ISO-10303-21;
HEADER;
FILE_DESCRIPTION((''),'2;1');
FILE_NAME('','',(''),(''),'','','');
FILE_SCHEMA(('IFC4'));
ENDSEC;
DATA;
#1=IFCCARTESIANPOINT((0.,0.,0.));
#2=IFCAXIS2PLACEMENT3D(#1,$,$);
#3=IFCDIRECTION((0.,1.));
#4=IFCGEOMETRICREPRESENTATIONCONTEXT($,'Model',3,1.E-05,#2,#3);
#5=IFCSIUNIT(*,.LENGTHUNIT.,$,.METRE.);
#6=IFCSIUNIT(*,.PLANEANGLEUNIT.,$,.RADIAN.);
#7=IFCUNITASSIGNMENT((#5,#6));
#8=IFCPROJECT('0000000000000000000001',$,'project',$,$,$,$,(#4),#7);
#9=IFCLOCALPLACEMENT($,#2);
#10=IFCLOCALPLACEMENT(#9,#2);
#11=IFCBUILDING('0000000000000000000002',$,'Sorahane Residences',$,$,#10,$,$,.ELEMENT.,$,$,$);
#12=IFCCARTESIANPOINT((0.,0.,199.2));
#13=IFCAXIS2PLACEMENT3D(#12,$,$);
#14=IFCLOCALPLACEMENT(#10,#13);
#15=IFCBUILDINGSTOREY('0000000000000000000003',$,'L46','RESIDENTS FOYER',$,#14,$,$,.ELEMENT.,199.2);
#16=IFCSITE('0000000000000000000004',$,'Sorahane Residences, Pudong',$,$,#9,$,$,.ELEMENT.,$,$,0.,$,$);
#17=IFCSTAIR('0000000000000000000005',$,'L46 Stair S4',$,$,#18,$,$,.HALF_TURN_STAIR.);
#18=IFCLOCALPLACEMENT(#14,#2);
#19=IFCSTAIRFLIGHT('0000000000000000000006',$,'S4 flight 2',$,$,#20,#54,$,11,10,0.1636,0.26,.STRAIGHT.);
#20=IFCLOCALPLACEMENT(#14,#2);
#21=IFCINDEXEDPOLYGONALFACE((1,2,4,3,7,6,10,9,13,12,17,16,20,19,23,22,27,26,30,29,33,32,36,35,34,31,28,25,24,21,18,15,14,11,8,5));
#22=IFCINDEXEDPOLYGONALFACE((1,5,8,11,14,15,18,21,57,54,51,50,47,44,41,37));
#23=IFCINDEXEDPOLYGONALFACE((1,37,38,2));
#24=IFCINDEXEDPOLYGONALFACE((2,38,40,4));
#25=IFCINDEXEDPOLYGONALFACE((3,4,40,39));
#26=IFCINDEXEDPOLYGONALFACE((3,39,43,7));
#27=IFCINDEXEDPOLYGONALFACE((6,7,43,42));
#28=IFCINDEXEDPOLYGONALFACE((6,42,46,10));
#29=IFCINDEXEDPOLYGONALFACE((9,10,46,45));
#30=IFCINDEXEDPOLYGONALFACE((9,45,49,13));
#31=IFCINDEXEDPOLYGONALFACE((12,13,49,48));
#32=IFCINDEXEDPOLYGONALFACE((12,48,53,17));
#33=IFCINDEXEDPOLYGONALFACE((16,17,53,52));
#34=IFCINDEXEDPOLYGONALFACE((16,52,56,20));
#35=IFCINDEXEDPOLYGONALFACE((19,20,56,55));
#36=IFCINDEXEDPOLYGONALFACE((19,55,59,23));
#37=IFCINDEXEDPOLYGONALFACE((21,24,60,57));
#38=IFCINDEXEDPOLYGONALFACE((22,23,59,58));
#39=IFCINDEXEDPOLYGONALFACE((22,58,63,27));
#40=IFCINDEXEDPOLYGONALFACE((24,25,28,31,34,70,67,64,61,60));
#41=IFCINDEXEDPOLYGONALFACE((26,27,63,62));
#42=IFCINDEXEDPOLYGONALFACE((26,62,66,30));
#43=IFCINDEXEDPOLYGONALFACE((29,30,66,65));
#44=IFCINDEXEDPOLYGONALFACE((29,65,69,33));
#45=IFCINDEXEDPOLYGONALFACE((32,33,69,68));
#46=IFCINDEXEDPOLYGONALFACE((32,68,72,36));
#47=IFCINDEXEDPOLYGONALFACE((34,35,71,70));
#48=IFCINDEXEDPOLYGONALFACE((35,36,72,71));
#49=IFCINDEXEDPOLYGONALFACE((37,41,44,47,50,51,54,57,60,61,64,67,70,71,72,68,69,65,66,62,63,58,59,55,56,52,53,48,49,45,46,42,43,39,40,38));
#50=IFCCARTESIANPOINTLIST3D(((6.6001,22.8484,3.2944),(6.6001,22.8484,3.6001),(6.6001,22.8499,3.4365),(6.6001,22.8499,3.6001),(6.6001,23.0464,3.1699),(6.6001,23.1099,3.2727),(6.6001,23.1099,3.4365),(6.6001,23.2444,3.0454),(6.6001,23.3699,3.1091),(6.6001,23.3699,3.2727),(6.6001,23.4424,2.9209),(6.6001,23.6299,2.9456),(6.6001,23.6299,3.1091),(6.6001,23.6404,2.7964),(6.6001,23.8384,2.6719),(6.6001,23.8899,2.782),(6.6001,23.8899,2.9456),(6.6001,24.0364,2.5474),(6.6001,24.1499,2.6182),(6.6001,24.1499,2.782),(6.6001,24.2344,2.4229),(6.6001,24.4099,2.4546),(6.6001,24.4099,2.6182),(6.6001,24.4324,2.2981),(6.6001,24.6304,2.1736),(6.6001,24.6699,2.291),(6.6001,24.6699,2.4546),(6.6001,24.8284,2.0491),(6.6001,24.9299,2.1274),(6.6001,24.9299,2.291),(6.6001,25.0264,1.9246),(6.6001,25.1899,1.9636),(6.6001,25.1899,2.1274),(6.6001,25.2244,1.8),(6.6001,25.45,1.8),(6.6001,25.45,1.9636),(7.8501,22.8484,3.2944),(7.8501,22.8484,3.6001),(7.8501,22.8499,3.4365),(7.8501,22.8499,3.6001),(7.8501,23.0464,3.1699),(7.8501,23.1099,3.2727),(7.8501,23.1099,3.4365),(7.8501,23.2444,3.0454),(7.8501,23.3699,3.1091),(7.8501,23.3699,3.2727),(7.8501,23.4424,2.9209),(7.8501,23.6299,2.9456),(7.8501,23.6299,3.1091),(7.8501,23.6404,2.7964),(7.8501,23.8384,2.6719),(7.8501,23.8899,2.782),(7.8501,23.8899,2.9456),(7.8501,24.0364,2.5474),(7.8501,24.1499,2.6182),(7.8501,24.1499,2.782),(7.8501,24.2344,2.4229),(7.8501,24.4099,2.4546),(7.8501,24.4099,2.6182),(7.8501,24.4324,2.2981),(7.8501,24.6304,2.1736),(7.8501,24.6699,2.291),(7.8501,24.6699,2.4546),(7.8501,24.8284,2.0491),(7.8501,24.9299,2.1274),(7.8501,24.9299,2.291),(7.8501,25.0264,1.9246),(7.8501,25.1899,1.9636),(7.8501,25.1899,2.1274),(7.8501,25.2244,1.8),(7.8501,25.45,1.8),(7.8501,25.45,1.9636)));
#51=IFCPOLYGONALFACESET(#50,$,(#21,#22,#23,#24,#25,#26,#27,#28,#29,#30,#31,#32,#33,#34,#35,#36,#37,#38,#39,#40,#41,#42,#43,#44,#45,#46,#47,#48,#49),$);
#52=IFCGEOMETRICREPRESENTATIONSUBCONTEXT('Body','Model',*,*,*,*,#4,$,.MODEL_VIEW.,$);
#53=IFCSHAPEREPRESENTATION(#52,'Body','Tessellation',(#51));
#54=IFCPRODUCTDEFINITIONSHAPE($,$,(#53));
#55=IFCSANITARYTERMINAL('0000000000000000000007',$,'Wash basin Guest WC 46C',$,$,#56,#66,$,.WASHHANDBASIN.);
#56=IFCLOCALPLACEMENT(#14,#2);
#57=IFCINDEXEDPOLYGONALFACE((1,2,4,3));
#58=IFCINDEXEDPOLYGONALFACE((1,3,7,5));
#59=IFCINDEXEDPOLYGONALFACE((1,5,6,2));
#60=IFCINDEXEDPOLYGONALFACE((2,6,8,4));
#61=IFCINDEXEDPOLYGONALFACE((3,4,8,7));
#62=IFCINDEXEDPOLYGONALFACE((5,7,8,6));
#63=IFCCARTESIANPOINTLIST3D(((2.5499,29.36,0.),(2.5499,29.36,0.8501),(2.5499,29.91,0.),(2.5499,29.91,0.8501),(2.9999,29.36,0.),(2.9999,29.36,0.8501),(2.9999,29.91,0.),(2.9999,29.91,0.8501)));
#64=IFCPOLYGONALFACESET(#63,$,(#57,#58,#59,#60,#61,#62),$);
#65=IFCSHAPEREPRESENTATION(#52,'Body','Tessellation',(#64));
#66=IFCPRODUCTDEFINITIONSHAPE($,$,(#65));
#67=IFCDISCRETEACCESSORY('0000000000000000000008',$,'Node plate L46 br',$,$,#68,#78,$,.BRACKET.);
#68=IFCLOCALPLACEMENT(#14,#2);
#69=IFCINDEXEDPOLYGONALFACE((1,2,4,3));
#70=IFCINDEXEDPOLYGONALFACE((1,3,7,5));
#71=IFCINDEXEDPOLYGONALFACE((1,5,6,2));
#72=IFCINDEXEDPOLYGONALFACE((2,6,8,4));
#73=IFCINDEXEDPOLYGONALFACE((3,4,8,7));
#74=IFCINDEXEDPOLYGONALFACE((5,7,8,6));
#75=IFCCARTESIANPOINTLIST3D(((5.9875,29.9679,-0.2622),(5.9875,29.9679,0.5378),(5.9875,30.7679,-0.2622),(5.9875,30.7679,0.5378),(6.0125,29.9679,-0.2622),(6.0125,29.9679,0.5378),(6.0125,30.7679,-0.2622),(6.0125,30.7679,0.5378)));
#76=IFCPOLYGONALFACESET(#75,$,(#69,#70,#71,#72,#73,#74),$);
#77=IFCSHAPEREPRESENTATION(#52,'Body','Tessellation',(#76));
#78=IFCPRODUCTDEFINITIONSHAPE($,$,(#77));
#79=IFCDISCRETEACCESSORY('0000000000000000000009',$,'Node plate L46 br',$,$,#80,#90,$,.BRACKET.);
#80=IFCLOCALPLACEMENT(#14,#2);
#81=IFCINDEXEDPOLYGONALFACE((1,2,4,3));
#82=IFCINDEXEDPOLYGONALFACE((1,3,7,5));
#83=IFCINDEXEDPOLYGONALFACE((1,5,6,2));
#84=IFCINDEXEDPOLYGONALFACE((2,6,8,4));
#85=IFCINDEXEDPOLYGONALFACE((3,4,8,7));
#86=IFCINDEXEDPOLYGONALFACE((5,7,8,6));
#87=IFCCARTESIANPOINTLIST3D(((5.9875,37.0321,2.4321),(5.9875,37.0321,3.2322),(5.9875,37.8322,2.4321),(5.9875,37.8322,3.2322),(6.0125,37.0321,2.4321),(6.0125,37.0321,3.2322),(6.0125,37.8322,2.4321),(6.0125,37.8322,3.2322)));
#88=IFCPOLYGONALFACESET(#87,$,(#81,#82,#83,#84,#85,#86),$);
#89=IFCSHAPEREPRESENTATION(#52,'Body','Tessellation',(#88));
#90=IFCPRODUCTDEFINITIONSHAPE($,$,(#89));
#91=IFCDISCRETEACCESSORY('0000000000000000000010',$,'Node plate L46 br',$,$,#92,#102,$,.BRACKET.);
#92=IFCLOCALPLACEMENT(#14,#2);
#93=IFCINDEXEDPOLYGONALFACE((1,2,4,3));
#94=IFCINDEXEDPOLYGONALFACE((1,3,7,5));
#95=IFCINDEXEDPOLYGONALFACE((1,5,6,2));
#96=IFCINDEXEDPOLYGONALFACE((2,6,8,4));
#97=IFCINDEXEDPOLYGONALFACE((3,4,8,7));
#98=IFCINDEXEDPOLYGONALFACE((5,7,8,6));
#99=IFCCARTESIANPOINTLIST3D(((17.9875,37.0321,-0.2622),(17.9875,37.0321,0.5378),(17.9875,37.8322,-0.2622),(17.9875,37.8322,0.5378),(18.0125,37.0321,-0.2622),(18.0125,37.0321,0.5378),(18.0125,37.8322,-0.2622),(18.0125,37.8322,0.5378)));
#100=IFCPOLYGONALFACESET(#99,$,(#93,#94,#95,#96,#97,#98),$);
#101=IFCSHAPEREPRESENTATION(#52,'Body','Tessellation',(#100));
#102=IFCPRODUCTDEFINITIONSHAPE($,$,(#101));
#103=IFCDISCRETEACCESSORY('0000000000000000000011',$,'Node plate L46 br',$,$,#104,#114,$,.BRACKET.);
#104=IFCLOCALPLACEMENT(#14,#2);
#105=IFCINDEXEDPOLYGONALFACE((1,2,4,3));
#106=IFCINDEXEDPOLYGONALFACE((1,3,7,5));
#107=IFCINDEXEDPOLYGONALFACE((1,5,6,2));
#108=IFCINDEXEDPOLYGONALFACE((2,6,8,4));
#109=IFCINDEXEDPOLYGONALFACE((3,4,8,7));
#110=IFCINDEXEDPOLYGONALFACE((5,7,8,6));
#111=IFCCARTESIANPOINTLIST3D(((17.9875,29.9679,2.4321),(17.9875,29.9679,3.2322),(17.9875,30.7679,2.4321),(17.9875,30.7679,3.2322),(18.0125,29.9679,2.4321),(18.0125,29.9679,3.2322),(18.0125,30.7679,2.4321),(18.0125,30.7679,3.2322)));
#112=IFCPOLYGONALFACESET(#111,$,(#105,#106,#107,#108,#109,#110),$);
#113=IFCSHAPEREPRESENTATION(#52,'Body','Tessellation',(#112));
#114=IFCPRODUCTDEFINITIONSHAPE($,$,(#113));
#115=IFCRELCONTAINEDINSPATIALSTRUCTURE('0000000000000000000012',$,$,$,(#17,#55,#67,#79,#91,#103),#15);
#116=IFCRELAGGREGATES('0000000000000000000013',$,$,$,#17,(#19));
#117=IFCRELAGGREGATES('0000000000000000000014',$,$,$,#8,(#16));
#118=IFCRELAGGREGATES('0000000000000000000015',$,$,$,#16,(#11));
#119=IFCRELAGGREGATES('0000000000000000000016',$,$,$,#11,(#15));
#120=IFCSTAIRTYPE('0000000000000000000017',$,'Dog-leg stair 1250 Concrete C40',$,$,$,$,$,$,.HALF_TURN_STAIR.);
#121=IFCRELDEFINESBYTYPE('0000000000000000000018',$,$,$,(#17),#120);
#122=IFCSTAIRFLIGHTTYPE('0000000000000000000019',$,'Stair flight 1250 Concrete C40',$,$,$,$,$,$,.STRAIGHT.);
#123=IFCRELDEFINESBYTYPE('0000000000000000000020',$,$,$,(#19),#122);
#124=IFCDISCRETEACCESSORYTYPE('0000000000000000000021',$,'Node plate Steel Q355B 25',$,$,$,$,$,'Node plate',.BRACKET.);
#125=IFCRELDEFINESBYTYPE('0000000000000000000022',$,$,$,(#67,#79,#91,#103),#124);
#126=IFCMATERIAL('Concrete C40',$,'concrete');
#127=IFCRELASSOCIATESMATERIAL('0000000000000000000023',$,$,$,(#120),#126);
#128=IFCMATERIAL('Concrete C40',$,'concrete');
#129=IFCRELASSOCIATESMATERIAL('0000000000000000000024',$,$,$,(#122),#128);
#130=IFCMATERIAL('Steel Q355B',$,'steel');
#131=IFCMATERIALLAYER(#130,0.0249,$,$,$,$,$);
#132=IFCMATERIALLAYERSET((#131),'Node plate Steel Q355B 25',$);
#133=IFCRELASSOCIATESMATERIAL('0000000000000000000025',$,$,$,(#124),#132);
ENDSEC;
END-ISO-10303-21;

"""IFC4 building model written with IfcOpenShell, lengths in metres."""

from ifc_helpers import new_model, si_unit, direction, frame, origin, origin_2d, place, context, subcontext, project, spatial, polyline, rectangle, outline, extrude, material, layer, layer_set, type_object, element, aggregate, save


model = new_model("IFC4")

# Units and contexts
model_context = context("Model", 3, precision=1e-05, world=origin(), true_north=direction((0.0, 1.0)))
body_context = subcontext(model_context, "Body", "Model", "MODEL_VIEW")
ifc_project = project(units=[si_unit("LENGTHUNIT", "METRE"), si_unit("PLANEANGLEUNIT", "RADIAN")], contexts=[model_context])

# Site, building, storey
site_placement = place(None, origin())
site = spatial("IfcSite", under=ifc_project, at=site_placement, Name="Sorahane Residences, Pudong", CompositionType="ELEMENT", RefElevation=0.0)
building_placement = place(site_placement, origin())
building = spatial("IfcBuilding", under=site, at=building_placement, Name="Sorahane Residences", CompositionType="ELEMENT")
storey_placement = place(building_placement, frame((0.0, 0.0, 199.2)))
storey = spatial("IfcBuildingStorey", under=building, at=storey_placement, Name="L46", Description="RESIDENTS FOYER", CompositionType="ELEMENT", Elevation=199.2)

# Stair, stair flight
ifc_material_1 = material(Name="Concrete C40", Category="concrete")
stair_type = type_object("IfcStairType", Name="Dog-leg stair 1250 Concrete C40", PredefinedType="HALF_TURN_STAIR", material=ifc_material_1)
stair_placement = place(storey_placement, origin())
stair = element("IfcStair", 1, at=stair_placement, inside=storey, type_object=stair_type, Name="L46 Stair S4", PredefinedType="HALF_TURN_STAIR")
ifc_material_2 = material(Name="Concrete C40", Category="concrete")
stair_flight_type = type_object("IfcStairFlightType", Name="Stair flight 1250 Concrete C40", PredefinedType="STRAIGHT", material=ifc_material_2)
stair_flight_placement = place(storey_placement, frame((7.2251, 25.45, 1.8), z_axis=(0.0, 0.0, 1.0), x_axis=(0.0, -1.0, 0.0)))
stair_flight = element("IfcStairFlight", 2, at=stair_flight_placement, type_object=stair_flight_type, Name="S4 flight 2", NumberOfRisers=11, NumberOfTreads=10, PredefinedType="STRAIGHT", RiserHeight=0.1636, TreadLength=0.26, context=body_context, shape_type="SweptSolid", body=[
    extrude(outline(polyline([(0.0, 0.0), (0.0, 0.1636), (0.26, 0.1636), (0.26, 0.3274), (0.52, 0.3274), (0.52, 0.491), (0.78, 0.491), (0.78, 0.6545), (1.04, 0.6545), (1.04, 0.8181), (1.3, 0.8181), (1.3, 0.9819), (1.5601, 0.9819), (1.5601, 1.1455), (1.8201, 1.1455), (1.8201, 1.3091), (2.0801, 1.3091), (2.0801, 1.4727), (2.3401, 1.4727), (2.3401, 1.6365), (2.6001, 1.6365), (2.6001, 1.8), (2.6016, 1.8), (2.6016, 1.4944), (2.4036, 1.3699), (2.2056, 1.2454), (2.0076, 1.1208), (1.8096, 0.9963), (1.6116, 0.8718), (1.4136, 0.7473), (1.2156, 0.6228), (1.0176, 0.498), (0.8196, 0.3735), (0.6216, 0.249), (0.4236, 0.1245), (0.2256, 0.0), (0.0, 0.0)])), frame((0.0, 0.625, 0.0), z_axis=(0.0, -1.0, 0.0), x_axis=(1.0, 0.0, 0.0)), (0.0, 0.0, 1.0), 1.25),
])
aggregate(stair, [stair_flight])

# Sanitary terminal
sanitary_terminal_placement = place(storey_placement, frame((2.7749, 29.635, 0.0), z_axis=(0.0, 0.0, 1.0), x_axis=(0.0, -1.0, 0.0)))
element("IfcSanitaryTerminal", 3, at=sanitary_terminal_placement, inside=storey, Name="Wash basin Guest WC 46C", PredefinedType="WASHHANDBASIN", context=body_context, shape_type="SweptSolid", body=[
    extrude(rectangle(XDim=0.55, YDim=0.45, at=origin_2d()), origin(), (0.0, 0.0, 1.0), 0.8501),
])

# Discrete accessories
ifc_material_3 = material(Name="Steel Q355B", Category="steel")
ifc_layer_1 = layer(ifc_material_3, 0.0249)
ifc_layer_set_1 = layer_set([ifc_layer_1], Name="Node plate Steel Q355B 25")
discrete_accessory_type = type_object("IfcDiscreteAccessoryType", Name="Node plate Steel Q355B 25", ElementType="Node plate", PredefinedType="BRACKET", material=ifc_layer_set_1)
for number, where, z_axis, x_axis, name in (
    (4, (6.0, 30.3679, -0.2622), (0.0, 0.0, 1.0), (0.0, 1.0, 0.0), "Node plate L46 br"),
    (5, (6.0, 37.4321, 2.4321), (0.0, 0.0, 1.0), (0.0, 1.0, 0.0), "Node plate L46 br"),
    (6, (18.0, 37.4321, -0.2622), (0.0, 0.0, 1.0), (0.0, 1.0, 0.0), "Node plate L46 br"),
    (7, (18.0, 30.3679, 2.4321), (0.0, 0.0, 1.0), (0.0, 1.0, 0.0), "Node plate L46 br"),
):
    element("IfcDiscreteAccessory", number, at=place(storey_placement, frame(where, z_axis=z_axis, x_axis=x_axis)), inside=storey, type_object=discrete_accessory_type, Name=name, PredefinedType="BRACKET", context=body_context, shape_type="SweptSolid", body=[
        extrude(rectangle(XDim=0.8, YDim=0.0249, at=origin_2d()), origin(), (0.0, 0.0, 1.0), 0.8),
    ])

save(model, "model.ifc")
